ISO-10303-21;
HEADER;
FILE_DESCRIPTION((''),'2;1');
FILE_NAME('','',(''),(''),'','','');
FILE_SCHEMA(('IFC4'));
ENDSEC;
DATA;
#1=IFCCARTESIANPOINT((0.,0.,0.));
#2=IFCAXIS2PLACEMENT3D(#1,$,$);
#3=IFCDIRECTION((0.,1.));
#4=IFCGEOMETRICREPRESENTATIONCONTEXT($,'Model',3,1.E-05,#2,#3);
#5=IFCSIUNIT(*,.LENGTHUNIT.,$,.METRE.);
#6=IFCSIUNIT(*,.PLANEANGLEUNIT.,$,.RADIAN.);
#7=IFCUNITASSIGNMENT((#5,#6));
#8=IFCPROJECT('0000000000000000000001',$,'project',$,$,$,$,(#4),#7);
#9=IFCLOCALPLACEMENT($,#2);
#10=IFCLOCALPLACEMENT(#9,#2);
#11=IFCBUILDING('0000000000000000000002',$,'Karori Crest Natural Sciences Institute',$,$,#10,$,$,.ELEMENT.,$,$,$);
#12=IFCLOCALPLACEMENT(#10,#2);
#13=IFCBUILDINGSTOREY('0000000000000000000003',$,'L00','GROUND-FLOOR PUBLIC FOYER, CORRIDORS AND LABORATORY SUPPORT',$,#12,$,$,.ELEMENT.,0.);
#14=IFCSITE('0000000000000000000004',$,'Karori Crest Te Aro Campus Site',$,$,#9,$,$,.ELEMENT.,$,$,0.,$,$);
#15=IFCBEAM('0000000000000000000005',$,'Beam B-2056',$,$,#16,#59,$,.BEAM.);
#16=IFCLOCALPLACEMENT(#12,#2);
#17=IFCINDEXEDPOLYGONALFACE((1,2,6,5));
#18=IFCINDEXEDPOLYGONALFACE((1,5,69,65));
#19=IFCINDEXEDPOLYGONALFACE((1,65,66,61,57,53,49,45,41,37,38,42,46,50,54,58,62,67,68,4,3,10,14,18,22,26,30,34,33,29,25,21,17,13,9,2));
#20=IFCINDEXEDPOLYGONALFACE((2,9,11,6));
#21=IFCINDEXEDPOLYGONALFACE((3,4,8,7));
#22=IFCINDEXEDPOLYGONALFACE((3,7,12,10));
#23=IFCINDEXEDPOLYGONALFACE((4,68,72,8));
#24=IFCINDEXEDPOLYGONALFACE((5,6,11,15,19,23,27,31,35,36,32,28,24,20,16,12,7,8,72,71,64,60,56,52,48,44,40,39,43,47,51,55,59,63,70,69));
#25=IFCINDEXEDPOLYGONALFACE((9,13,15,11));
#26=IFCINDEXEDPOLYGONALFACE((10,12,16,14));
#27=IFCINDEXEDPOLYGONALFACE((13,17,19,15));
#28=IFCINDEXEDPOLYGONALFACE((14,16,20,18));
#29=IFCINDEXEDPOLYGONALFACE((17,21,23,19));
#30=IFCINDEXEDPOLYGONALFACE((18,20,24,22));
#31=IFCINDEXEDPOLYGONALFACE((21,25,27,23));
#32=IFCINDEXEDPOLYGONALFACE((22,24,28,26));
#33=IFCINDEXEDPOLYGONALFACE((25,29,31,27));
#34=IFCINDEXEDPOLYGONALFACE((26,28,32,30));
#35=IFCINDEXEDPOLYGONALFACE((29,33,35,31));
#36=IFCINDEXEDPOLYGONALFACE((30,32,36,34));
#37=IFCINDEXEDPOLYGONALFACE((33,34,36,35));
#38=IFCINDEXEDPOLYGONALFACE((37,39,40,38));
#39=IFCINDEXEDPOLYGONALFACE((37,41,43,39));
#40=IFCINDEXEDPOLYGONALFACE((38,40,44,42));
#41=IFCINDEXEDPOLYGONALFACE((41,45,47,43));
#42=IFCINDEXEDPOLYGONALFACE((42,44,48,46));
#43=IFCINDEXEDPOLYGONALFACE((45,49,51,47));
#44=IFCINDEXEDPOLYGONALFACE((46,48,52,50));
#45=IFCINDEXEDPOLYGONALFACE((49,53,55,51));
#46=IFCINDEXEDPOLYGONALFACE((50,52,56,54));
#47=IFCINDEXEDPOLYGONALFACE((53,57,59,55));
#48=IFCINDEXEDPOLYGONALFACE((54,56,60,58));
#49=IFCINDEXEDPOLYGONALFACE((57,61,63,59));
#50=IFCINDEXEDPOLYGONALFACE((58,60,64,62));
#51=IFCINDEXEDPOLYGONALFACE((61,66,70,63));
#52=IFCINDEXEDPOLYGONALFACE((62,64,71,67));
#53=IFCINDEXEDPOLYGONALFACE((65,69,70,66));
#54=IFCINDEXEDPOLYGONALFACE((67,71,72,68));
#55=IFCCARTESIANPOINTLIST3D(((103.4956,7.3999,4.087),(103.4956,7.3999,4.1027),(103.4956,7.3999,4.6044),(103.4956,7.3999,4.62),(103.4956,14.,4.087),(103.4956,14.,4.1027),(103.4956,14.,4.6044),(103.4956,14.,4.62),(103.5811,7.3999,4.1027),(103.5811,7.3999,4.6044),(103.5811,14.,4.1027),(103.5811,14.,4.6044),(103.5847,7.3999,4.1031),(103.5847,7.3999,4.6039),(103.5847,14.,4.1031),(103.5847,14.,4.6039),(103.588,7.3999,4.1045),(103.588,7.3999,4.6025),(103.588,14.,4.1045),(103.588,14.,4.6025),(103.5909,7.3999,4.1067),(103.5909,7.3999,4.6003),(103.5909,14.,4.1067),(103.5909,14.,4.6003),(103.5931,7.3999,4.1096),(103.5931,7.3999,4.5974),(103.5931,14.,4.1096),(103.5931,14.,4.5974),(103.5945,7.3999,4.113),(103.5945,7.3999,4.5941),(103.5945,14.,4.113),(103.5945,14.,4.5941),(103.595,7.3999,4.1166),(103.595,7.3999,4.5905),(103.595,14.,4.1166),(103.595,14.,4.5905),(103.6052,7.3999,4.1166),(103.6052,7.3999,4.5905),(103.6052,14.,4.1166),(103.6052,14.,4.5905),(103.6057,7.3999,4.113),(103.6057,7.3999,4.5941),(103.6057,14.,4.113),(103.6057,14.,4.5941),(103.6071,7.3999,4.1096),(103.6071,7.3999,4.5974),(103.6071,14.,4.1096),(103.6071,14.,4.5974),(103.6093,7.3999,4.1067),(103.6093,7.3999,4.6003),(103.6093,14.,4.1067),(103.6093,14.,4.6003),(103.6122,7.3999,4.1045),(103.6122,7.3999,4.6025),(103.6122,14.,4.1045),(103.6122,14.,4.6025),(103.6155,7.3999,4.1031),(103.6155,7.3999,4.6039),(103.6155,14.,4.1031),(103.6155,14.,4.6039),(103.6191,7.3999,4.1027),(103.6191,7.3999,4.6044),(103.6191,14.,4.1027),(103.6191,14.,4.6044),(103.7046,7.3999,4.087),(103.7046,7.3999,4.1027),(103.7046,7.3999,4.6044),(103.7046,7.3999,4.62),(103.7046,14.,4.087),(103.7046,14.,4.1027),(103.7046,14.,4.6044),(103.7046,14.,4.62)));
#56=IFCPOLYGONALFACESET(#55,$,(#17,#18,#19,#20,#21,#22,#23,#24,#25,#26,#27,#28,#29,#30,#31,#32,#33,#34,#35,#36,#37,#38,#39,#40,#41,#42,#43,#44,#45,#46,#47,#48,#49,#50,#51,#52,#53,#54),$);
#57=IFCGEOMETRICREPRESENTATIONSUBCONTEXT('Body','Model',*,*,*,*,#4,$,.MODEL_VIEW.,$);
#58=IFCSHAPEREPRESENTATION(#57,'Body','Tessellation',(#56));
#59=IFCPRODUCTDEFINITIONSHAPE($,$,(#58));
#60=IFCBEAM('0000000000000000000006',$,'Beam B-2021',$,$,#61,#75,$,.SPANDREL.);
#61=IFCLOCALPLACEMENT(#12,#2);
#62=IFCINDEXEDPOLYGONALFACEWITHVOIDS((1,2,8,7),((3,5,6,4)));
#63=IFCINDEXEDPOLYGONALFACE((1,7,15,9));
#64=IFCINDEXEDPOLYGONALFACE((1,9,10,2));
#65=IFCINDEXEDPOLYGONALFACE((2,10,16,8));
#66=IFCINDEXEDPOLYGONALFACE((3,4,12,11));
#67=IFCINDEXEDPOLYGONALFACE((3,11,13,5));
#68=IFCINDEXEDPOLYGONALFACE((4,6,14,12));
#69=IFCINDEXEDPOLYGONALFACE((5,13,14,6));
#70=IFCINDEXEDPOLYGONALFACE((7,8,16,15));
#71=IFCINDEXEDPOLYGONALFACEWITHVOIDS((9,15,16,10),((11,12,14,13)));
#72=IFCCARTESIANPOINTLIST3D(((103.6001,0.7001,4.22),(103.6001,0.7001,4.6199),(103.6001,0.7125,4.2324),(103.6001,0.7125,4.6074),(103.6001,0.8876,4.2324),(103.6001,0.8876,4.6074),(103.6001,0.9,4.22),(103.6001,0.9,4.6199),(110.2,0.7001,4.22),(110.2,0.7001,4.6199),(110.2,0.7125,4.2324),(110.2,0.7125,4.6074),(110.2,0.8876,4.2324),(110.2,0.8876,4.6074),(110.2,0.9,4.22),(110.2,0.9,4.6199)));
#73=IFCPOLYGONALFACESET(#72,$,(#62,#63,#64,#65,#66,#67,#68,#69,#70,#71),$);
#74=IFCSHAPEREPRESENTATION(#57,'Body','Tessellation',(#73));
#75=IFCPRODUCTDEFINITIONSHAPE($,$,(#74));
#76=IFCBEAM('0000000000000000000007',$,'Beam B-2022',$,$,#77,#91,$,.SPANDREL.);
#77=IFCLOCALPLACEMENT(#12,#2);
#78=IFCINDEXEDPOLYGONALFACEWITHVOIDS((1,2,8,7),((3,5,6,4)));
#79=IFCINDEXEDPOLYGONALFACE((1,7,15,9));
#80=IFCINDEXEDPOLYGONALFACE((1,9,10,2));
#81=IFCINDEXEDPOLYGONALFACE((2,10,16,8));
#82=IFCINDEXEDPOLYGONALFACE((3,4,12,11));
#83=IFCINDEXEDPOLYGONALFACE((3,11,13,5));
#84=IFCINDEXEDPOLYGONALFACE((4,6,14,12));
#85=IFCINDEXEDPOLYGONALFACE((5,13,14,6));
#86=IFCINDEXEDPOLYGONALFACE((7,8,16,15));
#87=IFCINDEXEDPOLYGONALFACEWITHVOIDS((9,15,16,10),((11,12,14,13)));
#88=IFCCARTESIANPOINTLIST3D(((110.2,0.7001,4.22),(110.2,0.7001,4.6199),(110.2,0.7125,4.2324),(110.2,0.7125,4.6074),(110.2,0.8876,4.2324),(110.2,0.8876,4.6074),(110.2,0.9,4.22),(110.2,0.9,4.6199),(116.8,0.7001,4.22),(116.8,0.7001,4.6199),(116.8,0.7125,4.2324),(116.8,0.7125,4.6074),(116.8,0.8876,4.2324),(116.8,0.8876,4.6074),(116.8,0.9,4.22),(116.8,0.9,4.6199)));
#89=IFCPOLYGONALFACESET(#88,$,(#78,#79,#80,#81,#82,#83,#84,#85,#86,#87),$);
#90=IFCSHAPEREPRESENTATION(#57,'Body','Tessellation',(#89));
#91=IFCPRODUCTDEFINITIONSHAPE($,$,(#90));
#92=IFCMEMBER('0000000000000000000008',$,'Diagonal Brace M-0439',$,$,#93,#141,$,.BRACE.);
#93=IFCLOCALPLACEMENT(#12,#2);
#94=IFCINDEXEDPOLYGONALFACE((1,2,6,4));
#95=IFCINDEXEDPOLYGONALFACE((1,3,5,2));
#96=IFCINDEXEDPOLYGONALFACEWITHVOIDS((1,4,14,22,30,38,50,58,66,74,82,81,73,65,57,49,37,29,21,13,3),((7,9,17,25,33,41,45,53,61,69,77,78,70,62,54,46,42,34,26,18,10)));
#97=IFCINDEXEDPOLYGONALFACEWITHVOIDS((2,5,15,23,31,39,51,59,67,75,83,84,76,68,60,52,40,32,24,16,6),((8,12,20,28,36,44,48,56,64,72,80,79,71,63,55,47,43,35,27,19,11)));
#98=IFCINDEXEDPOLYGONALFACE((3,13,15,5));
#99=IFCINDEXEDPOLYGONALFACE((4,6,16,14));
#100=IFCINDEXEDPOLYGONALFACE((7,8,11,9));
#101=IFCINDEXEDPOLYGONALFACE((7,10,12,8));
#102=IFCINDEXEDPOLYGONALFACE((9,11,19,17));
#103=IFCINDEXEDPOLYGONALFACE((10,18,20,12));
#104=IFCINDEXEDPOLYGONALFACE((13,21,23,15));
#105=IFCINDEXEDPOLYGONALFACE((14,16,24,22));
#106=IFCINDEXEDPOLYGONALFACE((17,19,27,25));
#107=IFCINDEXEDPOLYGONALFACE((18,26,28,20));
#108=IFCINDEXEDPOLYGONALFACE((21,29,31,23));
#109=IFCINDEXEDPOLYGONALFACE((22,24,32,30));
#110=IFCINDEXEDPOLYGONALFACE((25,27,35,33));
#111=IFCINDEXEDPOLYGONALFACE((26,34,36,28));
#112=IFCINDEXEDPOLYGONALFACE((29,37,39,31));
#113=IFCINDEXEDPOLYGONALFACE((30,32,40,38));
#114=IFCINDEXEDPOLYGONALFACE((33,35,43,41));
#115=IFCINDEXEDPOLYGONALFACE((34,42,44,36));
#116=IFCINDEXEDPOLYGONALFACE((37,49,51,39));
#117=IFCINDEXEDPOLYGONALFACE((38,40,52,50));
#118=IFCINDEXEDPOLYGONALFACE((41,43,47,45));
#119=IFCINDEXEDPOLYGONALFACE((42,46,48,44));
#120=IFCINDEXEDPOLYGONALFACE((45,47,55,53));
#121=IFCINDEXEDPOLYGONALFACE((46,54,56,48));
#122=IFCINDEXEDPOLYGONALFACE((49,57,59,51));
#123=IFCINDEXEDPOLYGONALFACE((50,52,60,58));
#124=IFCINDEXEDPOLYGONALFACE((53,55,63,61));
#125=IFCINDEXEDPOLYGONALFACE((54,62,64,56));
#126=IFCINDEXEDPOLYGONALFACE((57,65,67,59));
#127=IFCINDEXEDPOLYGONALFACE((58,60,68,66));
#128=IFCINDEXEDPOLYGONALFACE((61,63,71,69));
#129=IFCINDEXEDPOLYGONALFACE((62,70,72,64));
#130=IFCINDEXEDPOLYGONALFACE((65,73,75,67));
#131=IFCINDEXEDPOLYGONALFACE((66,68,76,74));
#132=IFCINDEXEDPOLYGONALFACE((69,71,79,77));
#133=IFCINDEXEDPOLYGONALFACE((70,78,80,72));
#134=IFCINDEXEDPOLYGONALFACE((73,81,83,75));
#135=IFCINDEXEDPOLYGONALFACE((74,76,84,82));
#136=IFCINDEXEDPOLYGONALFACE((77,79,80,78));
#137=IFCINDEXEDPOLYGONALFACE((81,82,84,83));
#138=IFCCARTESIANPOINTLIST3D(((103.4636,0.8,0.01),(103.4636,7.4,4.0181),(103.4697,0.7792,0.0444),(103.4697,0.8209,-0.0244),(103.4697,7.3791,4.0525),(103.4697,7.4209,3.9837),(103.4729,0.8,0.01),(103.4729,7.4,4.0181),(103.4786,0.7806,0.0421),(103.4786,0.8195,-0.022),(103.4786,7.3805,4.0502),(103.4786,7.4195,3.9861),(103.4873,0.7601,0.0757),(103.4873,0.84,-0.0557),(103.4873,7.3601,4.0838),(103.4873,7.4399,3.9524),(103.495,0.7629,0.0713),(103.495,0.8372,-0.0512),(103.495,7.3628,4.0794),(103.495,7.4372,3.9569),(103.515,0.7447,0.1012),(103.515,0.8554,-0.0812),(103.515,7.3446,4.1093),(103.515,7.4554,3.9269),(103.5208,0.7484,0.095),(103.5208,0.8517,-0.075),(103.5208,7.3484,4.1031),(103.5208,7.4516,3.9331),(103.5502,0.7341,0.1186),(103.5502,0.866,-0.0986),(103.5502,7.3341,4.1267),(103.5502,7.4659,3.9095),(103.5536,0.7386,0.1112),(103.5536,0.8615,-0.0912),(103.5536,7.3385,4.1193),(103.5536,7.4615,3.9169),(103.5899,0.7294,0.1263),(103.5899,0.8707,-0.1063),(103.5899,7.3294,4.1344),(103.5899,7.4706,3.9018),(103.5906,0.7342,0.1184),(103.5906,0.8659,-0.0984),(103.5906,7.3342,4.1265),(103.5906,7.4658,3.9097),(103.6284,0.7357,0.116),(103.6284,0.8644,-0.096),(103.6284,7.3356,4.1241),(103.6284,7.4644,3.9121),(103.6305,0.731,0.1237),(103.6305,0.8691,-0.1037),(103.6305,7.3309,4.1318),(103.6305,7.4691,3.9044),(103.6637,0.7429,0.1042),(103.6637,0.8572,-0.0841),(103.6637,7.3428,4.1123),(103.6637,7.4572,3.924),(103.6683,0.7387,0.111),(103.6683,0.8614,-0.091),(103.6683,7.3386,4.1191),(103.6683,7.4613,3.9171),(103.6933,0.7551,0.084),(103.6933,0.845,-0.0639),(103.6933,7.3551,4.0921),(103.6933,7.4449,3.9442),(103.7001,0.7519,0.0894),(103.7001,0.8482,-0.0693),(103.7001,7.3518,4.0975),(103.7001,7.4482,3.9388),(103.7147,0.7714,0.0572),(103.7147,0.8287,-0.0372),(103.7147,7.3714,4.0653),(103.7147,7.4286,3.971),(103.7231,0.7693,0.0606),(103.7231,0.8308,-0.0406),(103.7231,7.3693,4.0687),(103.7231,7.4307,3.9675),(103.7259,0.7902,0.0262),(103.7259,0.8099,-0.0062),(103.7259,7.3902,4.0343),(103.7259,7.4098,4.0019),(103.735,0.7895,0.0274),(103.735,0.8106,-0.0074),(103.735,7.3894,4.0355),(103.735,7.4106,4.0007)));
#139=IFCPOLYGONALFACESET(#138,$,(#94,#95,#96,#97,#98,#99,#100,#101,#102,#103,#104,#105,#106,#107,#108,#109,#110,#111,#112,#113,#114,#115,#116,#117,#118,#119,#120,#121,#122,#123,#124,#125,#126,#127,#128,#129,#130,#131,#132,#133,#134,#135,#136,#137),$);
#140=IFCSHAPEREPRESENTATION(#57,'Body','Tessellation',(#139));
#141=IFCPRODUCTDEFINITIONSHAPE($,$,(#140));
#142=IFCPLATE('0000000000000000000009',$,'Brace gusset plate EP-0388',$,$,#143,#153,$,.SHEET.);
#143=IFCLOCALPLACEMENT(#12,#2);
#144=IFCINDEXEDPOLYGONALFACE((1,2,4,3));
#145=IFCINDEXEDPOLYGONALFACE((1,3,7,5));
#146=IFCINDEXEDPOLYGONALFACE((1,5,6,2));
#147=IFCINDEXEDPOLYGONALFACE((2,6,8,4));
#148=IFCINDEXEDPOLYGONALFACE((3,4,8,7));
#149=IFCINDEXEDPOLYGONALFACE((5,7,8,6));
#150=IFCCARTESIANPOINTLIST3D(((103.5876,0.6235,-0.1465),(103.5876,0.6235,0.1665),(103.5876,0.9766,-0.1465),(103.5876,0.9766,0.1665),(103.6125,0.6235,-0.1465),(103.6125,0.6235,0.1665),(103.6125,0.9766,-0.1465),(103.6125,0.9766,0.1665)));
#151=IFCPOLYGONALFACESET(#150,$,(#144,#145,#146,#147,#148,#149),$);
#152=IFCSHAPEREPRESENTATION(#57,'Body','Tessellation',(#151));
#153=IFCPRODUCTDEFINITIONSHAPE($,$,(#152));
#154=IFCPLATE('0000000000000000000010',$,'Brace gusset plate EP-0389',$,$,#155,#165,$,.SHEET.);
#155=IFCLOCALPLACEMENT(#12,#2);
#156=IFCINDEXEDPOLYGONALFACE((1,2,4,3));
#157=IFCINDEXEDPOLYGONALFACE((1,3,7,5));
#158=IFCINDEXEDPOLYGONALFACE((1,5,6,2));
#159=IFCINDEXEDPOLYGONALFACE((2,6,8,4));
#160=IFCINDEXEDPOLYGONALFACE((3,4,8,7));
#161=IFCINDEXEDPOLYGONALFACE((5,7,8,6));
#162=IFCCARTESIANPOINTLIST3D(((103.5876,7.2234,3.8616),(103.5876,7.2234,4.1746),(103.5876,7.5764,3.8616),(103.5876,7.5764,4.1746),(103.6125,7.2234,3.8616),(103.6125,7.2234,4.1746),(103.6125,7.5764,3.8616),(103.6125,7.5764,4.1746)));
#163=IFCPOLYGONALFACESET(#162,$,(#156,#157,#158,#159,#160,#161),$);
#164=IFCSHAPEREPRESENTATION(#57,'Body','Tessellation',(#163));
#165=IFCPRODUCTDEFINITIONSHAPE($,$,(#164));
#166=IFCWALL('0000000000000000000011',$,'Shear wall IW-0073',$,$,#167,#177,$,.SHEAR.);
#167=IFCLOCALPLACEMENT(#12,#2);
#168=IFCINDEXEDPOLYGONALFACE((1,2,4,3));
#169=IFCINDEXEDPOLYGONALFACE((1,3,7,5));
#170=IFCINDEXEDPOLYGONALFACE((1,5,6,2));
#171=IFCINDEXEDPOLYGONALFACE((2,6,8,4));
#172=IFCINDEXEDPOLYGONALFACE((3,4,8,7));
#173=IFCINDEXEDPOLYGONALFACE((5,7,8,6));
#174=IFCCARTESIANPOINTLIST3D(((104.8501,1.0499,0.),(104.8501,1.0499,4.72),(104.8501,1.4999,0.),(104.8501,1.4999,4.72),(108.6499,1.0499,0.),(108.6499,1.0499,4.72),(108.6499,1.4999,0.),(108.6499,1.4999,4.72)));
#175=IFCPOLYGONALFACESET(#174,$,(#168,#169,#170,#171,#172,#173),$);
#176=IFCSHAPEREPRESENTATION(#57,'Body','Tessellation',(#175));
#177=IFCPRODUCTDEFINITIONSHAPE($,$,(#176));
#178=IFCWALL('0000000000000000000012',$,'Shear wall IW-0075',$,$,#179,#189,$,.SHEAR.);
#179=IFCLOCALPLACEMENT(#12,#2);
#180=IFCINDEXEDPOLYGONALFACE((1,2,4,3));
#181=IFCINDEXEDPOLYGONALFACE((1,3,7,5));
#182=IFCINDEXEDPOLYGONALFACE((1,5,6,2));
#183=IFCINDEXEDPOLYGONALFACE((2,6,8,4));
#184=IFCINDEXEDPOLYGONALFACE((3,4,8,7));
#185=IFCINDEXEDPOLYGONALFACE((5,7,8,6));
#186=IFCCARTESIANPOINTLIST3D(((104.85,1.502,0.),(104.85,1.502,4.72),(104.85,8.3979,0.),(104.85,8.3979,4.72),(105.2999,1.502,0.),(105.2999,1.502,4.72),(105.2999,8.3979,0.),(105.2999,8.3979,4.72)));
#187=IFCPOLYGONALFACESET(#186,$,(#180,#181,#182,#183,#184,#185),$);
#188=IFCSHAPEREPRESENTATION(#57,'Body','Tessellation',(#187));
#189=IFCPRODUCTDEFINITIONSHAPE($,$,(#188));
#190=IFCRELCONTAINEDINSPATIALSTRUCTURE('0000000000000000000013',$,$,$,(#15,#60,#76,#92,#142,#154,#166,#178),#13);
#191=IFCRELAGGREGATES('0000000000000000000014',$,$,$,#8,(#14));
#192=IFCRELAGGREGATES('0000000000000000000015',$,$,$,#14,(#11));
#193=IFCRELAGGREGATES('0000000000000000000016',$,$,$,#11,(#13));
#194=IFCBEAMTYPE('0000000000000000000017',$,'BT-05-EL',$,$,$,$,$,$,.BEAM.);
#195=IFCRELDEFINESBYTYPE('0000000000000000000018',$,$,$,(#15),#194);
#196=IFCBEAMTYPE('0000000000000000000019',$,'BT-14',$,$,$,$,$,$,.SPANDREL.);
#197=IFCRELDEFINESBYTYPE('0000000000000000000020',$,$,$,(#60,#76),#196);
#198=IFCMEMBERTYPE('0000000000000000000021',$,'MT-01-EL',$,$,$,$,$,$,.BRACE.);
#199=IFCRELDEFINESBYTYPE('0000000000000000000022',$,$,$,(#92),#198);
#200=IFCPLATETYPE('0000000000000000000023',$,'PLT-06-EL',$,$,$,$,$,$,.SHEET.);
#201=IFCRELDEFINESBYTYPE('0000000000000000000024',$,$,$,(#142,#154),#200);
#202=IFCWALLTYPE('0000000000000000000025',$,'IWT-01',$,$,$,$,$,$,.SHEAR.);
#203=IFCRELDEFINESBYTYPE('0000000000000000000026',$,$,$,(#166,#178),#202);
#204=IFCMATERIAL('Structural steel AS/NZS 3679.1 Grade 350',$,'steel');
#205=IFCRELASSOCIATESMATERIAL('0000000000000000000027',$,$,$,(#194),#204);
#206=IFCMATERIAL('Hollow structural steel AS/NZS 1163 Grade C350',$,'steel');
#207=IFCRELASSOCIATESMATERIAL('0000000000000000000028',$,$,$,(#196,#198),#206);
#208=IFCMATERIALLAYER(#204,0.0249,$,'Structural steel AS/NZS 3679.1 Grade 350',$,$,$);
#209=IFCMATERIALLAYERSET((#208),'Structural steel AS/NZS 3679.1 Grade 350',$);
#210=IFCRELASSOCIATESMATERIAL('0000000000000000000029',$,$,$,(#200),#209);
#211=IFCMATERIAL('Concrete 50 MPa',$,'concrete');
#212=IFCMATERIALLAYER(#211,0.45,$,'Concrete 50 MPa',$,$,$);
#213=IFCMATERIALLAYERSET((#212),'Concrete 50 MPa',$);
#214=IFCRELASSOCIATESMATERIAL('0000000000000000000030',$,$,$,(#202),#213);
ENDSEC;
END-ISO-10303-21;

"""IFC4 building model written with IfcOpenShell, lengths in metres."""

from ifc_helpers import new_model, si_unit, direction, frame, frame_2d, origin, origin_2d, place, context, subcontext, project, spatial, rectangle, hollow_rectangle, hollow_circle, i_section, extrude, material, layer, layer_set, material_profile, profile_set, type_object, element, save


model = new_model("IFC4")

# Units and contexts
model_context = context("Model", 3, precision=1e-05, world=origin(), true_north=direction((0.0, 1.0)))
body_context = subcontext(model_context, "Body", "Model", "MODEL_VIEW")
ifc_project = project(units=[si_unit("LENGTHUNIT", "METRE"), si_unit("PLANEANGLEUNIT", "RADIAN")], contexts=[model_context])

# Site, building, storey
site_placement = place(None, origin())
site = spatial("IfcSite", under=ifc_project, at=site_placement, Name="Karori Crest Te Aro Campus Site", CompositionType="ELEMENT", RefElevation=0.0)
building_placement = place(site_placement, origin())
building = spatial("IfcBuilding", under=site, at=building_placement, Name="Karori Crest Natural Sciences Institute", CompositionType="ELEMENT")
storey_placement = place(building_placement, origin())
storey = spatial("IfcBuildingStorey", under=building, at=storey_placement, Name="L00", Description="GROUND-FLOOR PUBLIC FOYER, CORRIDORS AND LABORATORY SUPPORT", CompositionType="ELEMENT", Elevation=0.0)

# Shared definitions
ifc_material_1 = material(Name="Structural steel AS/NZS 3679.1 Grade 350", Category="steel")

# Beams
ifc_material_profile_1 = material_profile(ifc_material_1, i_section(OverallWidth=0.209, OverallDepth=0.533, WebThickness=0.0103, FlangeThickness=0.0156, FilletRadius=0.0139, at=origin_2d()), Name="530UB92.4")
ifc_profile_set_1 = profile_set([ifc_material_profile_1], Name="Structural steel AS/NZS 3679.1 Grade 350")
beam_type_1 = type_object("IfcBeamType", Name="BT-05-EL", PredefinedType="BEAM", material=ifc_profile_set_1)
beam_1_placement = place(storey_placement, frame((103.6001, 7.3999, 4.3535), z_axis=(0.0, 1.0, 0.0), x_axis=(-1.0, 0.0, 0.0)))
element("IfcBeam", 1, at=beam_1_placement, inside=storey, type_object=beam_type_1, Name="Beam B-2056", PredefinedType="BEAM", context=body_context, shape_type="SweptSolid", body=[
    extrude(i_section(OverallWidth=0.209, OverallDepth=0.533, WebThickness=0.0103, FlangeThickness=0.0156, FilletRadius=0.0139, at=origin_2d()), origin(), (0.0, 0.0, 1.0), 6.6001),
])
ifc_material_2 = material(Name="Hollow structural steel AS/NZS 1163 Grade C350", Category="steel")
ifc_material_profile_2 = material_profile(ifc_material_2, hollow_rectangle(XDim=0.2, YDim=0.3999, WallThickness=0.0125, at=origin_2d()), Name="RHS400x200x12.5")
ifc_profile_set_2 = profile_set([ifc_material_profile_2], Name="Hollow structural steel AS/NZS 1163 Grade C350")
beam_type_2 = type_object("IfcBeamType", Name="BT-14", PredefinedType="SPANDREL", material=ifc_profile_set_2)
beam_2_placement = place(storey_placement, frame((103.6001, 0.8, 4.4199), z_axis=(1.0, 0.0, 0.0), x_axis=(0.0, 1.0, 0.0)))
element("IfcBeam", 2, at=beam_2_placement, inside=storey, type_object=beam_type_2, Name="Beam B-2021", PredefinedType="SPANDREL", context=body_context, shape_type="SweptSolid", body=[
    extrude(hollow_rectangle(XDim=0.2, YDim=0.3999, WallThickness=0.0125, at=origin_2d()), origin(), (0.0, 0.0, 1.0), 6.5999),
])
beam_3_placement = place(storey_placement, frame((110.2, 0.8, 4.4199), z_axis=(1.0, 0.0, 0.0), x_axis=(0.0, 1.0, 0.0)))
element("IfcBeam", 3, at=beam_3_placement, inside=storey, type_object=beam_type_2, Name="Beam B-2022", PredefinedType="SPANDREL", context=body_context, shape_type="SweptSolid", body=[
    extrude(hollow_rectangle(XDim=0.2, YDim=0.3999, WallThickness=0.0125, at=origin_2d()), origin(), (0.0, 0.0, 1.0), 6.6001),
])

# Member
ifc_material_profile_3 = material_profile(ifc_material_2, hollow_circle(Radius=0.1365, WallThickness=0.0093, at=origin_2d()), Name="CHS273.0x9.3")
ifc_profile_set_3 = profile_set([ifc_material_profile_3], Name="Hollow structural steel AS/NZS 1163 Grade C350")
member_type = type_object("IfcMemberType", Name="MT-01-EL", PredefinedType="BRACE", material=ifc_profile_set_3)
member_placement = place(storey_placement, frame((103.6001, 0.8, 0.01), z_axis=(0.0, 0.85473, 0.519073), x_axis=(-1.0, 0.0, 0.0)))
element("IfcMember", 4, at=member_placement, inside=storey, type_object=member_type, Name="Diagonal Brace M-0439", PredefinedType="BRACE", context=body_context, shape_type="SweptSolid", body=[
    extrude(hollow_circle(Radius=0.1365, WallThickness=0.0093, at=origin_2d()), origin(), (0.0, 0.0, 1.0), 7.7217),
])

# Plates
ifc_layer_1 = layer(ifc_material_1, 0.0249, Name="Structural steel AS/NZS 3679.1 Grade 350")
ifc_layer_set_1 = layer_set([ifc_layer_1], Name="Structural steel AS/NZS 3679.1 Grade 350")
plate_type = type_object("IfcPlateType", Name="PLT-06-EL", PredefinedType="SHEET", material=ifc_layer_set_1)
for number, where, z_axis, x_axis, name in (
    (5, (103.6001, 0.8, -0.1465), (0.0, 0.0, 1.0), (0.0, 1.0, 0.0), "Brace gusset plate EP-0388"),
    (6, (103.6001, 7.3999, 3.8616), (0.0, 0.0, 1.0), (0.0, 1.0, 0.0), "Brace gusset plate EP-0389"),
):
    element("IfcPlate", number, at=place(storey_placement, frame(where, z_axis=z_axis, x_axis=x_axis)), inside=storey, type_object=plate_type, Name=name, PredefinedType="SHEET", context=body_context, shape_type="SweptSolid", body=[
        extrude(rectangle(XDim=0.353, YDim=0.0249, at=origin_2d()), origin(), (0.0, 0.0, 1.0), 0.313),
    ])

# Walls
ifc_material_3 = material(Name="Concrete 50 MPa", Category="concrete")
ifc_layer_2 = layer(ifc_material_3, 0.45, Name="Concrete 50 MPa")
ifc_layer_set_2 = layer_set([ifc_layer_2], Name="Concrete 50 MPa")
wall_type_1 = type_object("IfcWallType", Name="IWT-01", PredefinedType="SHEAR", material=ifc_layer_set_2)
wall_1_placement = place(storey_placement, frame((104.8501, 1.2749, 0.0), z_axis=(0.0, 0.0, 1.0), x_axis=(1.0, 0.0, 0.0)))
element("IfcWall", 7, at=wall_1_placement, inside=storey, type_object=wall_type_1, Name="Shear wall IW-0073", PredefinedType="SHEAR", context=body_context, shape_type="SweptSolid", body=[
    extrude(rectangle(XDim=3.7998, YDim=0.45, at=frame_2d((1.8999, 0.0))), origin(), (0.0, 0.0, 1.0), 4.72),
])
wall_2_placement = place(storey_placement, frame((105.075, 1.502, 0.0), z_axis=(0.0, 0.0, 1.0), x_axis=(0.0, 1.0, 0.0)))
element("IfcWall", 8, at=wall_2_placement, inside=storey, type_object=wall_type_1, Name="Shear wall IW-0075", PredefinedType="SHEAR", context=body_context, shape_type="SweptSolid", body=[
    extrude(rectangle(XDim=6.896, YDim=0.45, at=frame_2d((3.448, 0.0))), origin(), (0.0, 0.0, 1.0), 4.72),
])

save(model, "model.ifc")
